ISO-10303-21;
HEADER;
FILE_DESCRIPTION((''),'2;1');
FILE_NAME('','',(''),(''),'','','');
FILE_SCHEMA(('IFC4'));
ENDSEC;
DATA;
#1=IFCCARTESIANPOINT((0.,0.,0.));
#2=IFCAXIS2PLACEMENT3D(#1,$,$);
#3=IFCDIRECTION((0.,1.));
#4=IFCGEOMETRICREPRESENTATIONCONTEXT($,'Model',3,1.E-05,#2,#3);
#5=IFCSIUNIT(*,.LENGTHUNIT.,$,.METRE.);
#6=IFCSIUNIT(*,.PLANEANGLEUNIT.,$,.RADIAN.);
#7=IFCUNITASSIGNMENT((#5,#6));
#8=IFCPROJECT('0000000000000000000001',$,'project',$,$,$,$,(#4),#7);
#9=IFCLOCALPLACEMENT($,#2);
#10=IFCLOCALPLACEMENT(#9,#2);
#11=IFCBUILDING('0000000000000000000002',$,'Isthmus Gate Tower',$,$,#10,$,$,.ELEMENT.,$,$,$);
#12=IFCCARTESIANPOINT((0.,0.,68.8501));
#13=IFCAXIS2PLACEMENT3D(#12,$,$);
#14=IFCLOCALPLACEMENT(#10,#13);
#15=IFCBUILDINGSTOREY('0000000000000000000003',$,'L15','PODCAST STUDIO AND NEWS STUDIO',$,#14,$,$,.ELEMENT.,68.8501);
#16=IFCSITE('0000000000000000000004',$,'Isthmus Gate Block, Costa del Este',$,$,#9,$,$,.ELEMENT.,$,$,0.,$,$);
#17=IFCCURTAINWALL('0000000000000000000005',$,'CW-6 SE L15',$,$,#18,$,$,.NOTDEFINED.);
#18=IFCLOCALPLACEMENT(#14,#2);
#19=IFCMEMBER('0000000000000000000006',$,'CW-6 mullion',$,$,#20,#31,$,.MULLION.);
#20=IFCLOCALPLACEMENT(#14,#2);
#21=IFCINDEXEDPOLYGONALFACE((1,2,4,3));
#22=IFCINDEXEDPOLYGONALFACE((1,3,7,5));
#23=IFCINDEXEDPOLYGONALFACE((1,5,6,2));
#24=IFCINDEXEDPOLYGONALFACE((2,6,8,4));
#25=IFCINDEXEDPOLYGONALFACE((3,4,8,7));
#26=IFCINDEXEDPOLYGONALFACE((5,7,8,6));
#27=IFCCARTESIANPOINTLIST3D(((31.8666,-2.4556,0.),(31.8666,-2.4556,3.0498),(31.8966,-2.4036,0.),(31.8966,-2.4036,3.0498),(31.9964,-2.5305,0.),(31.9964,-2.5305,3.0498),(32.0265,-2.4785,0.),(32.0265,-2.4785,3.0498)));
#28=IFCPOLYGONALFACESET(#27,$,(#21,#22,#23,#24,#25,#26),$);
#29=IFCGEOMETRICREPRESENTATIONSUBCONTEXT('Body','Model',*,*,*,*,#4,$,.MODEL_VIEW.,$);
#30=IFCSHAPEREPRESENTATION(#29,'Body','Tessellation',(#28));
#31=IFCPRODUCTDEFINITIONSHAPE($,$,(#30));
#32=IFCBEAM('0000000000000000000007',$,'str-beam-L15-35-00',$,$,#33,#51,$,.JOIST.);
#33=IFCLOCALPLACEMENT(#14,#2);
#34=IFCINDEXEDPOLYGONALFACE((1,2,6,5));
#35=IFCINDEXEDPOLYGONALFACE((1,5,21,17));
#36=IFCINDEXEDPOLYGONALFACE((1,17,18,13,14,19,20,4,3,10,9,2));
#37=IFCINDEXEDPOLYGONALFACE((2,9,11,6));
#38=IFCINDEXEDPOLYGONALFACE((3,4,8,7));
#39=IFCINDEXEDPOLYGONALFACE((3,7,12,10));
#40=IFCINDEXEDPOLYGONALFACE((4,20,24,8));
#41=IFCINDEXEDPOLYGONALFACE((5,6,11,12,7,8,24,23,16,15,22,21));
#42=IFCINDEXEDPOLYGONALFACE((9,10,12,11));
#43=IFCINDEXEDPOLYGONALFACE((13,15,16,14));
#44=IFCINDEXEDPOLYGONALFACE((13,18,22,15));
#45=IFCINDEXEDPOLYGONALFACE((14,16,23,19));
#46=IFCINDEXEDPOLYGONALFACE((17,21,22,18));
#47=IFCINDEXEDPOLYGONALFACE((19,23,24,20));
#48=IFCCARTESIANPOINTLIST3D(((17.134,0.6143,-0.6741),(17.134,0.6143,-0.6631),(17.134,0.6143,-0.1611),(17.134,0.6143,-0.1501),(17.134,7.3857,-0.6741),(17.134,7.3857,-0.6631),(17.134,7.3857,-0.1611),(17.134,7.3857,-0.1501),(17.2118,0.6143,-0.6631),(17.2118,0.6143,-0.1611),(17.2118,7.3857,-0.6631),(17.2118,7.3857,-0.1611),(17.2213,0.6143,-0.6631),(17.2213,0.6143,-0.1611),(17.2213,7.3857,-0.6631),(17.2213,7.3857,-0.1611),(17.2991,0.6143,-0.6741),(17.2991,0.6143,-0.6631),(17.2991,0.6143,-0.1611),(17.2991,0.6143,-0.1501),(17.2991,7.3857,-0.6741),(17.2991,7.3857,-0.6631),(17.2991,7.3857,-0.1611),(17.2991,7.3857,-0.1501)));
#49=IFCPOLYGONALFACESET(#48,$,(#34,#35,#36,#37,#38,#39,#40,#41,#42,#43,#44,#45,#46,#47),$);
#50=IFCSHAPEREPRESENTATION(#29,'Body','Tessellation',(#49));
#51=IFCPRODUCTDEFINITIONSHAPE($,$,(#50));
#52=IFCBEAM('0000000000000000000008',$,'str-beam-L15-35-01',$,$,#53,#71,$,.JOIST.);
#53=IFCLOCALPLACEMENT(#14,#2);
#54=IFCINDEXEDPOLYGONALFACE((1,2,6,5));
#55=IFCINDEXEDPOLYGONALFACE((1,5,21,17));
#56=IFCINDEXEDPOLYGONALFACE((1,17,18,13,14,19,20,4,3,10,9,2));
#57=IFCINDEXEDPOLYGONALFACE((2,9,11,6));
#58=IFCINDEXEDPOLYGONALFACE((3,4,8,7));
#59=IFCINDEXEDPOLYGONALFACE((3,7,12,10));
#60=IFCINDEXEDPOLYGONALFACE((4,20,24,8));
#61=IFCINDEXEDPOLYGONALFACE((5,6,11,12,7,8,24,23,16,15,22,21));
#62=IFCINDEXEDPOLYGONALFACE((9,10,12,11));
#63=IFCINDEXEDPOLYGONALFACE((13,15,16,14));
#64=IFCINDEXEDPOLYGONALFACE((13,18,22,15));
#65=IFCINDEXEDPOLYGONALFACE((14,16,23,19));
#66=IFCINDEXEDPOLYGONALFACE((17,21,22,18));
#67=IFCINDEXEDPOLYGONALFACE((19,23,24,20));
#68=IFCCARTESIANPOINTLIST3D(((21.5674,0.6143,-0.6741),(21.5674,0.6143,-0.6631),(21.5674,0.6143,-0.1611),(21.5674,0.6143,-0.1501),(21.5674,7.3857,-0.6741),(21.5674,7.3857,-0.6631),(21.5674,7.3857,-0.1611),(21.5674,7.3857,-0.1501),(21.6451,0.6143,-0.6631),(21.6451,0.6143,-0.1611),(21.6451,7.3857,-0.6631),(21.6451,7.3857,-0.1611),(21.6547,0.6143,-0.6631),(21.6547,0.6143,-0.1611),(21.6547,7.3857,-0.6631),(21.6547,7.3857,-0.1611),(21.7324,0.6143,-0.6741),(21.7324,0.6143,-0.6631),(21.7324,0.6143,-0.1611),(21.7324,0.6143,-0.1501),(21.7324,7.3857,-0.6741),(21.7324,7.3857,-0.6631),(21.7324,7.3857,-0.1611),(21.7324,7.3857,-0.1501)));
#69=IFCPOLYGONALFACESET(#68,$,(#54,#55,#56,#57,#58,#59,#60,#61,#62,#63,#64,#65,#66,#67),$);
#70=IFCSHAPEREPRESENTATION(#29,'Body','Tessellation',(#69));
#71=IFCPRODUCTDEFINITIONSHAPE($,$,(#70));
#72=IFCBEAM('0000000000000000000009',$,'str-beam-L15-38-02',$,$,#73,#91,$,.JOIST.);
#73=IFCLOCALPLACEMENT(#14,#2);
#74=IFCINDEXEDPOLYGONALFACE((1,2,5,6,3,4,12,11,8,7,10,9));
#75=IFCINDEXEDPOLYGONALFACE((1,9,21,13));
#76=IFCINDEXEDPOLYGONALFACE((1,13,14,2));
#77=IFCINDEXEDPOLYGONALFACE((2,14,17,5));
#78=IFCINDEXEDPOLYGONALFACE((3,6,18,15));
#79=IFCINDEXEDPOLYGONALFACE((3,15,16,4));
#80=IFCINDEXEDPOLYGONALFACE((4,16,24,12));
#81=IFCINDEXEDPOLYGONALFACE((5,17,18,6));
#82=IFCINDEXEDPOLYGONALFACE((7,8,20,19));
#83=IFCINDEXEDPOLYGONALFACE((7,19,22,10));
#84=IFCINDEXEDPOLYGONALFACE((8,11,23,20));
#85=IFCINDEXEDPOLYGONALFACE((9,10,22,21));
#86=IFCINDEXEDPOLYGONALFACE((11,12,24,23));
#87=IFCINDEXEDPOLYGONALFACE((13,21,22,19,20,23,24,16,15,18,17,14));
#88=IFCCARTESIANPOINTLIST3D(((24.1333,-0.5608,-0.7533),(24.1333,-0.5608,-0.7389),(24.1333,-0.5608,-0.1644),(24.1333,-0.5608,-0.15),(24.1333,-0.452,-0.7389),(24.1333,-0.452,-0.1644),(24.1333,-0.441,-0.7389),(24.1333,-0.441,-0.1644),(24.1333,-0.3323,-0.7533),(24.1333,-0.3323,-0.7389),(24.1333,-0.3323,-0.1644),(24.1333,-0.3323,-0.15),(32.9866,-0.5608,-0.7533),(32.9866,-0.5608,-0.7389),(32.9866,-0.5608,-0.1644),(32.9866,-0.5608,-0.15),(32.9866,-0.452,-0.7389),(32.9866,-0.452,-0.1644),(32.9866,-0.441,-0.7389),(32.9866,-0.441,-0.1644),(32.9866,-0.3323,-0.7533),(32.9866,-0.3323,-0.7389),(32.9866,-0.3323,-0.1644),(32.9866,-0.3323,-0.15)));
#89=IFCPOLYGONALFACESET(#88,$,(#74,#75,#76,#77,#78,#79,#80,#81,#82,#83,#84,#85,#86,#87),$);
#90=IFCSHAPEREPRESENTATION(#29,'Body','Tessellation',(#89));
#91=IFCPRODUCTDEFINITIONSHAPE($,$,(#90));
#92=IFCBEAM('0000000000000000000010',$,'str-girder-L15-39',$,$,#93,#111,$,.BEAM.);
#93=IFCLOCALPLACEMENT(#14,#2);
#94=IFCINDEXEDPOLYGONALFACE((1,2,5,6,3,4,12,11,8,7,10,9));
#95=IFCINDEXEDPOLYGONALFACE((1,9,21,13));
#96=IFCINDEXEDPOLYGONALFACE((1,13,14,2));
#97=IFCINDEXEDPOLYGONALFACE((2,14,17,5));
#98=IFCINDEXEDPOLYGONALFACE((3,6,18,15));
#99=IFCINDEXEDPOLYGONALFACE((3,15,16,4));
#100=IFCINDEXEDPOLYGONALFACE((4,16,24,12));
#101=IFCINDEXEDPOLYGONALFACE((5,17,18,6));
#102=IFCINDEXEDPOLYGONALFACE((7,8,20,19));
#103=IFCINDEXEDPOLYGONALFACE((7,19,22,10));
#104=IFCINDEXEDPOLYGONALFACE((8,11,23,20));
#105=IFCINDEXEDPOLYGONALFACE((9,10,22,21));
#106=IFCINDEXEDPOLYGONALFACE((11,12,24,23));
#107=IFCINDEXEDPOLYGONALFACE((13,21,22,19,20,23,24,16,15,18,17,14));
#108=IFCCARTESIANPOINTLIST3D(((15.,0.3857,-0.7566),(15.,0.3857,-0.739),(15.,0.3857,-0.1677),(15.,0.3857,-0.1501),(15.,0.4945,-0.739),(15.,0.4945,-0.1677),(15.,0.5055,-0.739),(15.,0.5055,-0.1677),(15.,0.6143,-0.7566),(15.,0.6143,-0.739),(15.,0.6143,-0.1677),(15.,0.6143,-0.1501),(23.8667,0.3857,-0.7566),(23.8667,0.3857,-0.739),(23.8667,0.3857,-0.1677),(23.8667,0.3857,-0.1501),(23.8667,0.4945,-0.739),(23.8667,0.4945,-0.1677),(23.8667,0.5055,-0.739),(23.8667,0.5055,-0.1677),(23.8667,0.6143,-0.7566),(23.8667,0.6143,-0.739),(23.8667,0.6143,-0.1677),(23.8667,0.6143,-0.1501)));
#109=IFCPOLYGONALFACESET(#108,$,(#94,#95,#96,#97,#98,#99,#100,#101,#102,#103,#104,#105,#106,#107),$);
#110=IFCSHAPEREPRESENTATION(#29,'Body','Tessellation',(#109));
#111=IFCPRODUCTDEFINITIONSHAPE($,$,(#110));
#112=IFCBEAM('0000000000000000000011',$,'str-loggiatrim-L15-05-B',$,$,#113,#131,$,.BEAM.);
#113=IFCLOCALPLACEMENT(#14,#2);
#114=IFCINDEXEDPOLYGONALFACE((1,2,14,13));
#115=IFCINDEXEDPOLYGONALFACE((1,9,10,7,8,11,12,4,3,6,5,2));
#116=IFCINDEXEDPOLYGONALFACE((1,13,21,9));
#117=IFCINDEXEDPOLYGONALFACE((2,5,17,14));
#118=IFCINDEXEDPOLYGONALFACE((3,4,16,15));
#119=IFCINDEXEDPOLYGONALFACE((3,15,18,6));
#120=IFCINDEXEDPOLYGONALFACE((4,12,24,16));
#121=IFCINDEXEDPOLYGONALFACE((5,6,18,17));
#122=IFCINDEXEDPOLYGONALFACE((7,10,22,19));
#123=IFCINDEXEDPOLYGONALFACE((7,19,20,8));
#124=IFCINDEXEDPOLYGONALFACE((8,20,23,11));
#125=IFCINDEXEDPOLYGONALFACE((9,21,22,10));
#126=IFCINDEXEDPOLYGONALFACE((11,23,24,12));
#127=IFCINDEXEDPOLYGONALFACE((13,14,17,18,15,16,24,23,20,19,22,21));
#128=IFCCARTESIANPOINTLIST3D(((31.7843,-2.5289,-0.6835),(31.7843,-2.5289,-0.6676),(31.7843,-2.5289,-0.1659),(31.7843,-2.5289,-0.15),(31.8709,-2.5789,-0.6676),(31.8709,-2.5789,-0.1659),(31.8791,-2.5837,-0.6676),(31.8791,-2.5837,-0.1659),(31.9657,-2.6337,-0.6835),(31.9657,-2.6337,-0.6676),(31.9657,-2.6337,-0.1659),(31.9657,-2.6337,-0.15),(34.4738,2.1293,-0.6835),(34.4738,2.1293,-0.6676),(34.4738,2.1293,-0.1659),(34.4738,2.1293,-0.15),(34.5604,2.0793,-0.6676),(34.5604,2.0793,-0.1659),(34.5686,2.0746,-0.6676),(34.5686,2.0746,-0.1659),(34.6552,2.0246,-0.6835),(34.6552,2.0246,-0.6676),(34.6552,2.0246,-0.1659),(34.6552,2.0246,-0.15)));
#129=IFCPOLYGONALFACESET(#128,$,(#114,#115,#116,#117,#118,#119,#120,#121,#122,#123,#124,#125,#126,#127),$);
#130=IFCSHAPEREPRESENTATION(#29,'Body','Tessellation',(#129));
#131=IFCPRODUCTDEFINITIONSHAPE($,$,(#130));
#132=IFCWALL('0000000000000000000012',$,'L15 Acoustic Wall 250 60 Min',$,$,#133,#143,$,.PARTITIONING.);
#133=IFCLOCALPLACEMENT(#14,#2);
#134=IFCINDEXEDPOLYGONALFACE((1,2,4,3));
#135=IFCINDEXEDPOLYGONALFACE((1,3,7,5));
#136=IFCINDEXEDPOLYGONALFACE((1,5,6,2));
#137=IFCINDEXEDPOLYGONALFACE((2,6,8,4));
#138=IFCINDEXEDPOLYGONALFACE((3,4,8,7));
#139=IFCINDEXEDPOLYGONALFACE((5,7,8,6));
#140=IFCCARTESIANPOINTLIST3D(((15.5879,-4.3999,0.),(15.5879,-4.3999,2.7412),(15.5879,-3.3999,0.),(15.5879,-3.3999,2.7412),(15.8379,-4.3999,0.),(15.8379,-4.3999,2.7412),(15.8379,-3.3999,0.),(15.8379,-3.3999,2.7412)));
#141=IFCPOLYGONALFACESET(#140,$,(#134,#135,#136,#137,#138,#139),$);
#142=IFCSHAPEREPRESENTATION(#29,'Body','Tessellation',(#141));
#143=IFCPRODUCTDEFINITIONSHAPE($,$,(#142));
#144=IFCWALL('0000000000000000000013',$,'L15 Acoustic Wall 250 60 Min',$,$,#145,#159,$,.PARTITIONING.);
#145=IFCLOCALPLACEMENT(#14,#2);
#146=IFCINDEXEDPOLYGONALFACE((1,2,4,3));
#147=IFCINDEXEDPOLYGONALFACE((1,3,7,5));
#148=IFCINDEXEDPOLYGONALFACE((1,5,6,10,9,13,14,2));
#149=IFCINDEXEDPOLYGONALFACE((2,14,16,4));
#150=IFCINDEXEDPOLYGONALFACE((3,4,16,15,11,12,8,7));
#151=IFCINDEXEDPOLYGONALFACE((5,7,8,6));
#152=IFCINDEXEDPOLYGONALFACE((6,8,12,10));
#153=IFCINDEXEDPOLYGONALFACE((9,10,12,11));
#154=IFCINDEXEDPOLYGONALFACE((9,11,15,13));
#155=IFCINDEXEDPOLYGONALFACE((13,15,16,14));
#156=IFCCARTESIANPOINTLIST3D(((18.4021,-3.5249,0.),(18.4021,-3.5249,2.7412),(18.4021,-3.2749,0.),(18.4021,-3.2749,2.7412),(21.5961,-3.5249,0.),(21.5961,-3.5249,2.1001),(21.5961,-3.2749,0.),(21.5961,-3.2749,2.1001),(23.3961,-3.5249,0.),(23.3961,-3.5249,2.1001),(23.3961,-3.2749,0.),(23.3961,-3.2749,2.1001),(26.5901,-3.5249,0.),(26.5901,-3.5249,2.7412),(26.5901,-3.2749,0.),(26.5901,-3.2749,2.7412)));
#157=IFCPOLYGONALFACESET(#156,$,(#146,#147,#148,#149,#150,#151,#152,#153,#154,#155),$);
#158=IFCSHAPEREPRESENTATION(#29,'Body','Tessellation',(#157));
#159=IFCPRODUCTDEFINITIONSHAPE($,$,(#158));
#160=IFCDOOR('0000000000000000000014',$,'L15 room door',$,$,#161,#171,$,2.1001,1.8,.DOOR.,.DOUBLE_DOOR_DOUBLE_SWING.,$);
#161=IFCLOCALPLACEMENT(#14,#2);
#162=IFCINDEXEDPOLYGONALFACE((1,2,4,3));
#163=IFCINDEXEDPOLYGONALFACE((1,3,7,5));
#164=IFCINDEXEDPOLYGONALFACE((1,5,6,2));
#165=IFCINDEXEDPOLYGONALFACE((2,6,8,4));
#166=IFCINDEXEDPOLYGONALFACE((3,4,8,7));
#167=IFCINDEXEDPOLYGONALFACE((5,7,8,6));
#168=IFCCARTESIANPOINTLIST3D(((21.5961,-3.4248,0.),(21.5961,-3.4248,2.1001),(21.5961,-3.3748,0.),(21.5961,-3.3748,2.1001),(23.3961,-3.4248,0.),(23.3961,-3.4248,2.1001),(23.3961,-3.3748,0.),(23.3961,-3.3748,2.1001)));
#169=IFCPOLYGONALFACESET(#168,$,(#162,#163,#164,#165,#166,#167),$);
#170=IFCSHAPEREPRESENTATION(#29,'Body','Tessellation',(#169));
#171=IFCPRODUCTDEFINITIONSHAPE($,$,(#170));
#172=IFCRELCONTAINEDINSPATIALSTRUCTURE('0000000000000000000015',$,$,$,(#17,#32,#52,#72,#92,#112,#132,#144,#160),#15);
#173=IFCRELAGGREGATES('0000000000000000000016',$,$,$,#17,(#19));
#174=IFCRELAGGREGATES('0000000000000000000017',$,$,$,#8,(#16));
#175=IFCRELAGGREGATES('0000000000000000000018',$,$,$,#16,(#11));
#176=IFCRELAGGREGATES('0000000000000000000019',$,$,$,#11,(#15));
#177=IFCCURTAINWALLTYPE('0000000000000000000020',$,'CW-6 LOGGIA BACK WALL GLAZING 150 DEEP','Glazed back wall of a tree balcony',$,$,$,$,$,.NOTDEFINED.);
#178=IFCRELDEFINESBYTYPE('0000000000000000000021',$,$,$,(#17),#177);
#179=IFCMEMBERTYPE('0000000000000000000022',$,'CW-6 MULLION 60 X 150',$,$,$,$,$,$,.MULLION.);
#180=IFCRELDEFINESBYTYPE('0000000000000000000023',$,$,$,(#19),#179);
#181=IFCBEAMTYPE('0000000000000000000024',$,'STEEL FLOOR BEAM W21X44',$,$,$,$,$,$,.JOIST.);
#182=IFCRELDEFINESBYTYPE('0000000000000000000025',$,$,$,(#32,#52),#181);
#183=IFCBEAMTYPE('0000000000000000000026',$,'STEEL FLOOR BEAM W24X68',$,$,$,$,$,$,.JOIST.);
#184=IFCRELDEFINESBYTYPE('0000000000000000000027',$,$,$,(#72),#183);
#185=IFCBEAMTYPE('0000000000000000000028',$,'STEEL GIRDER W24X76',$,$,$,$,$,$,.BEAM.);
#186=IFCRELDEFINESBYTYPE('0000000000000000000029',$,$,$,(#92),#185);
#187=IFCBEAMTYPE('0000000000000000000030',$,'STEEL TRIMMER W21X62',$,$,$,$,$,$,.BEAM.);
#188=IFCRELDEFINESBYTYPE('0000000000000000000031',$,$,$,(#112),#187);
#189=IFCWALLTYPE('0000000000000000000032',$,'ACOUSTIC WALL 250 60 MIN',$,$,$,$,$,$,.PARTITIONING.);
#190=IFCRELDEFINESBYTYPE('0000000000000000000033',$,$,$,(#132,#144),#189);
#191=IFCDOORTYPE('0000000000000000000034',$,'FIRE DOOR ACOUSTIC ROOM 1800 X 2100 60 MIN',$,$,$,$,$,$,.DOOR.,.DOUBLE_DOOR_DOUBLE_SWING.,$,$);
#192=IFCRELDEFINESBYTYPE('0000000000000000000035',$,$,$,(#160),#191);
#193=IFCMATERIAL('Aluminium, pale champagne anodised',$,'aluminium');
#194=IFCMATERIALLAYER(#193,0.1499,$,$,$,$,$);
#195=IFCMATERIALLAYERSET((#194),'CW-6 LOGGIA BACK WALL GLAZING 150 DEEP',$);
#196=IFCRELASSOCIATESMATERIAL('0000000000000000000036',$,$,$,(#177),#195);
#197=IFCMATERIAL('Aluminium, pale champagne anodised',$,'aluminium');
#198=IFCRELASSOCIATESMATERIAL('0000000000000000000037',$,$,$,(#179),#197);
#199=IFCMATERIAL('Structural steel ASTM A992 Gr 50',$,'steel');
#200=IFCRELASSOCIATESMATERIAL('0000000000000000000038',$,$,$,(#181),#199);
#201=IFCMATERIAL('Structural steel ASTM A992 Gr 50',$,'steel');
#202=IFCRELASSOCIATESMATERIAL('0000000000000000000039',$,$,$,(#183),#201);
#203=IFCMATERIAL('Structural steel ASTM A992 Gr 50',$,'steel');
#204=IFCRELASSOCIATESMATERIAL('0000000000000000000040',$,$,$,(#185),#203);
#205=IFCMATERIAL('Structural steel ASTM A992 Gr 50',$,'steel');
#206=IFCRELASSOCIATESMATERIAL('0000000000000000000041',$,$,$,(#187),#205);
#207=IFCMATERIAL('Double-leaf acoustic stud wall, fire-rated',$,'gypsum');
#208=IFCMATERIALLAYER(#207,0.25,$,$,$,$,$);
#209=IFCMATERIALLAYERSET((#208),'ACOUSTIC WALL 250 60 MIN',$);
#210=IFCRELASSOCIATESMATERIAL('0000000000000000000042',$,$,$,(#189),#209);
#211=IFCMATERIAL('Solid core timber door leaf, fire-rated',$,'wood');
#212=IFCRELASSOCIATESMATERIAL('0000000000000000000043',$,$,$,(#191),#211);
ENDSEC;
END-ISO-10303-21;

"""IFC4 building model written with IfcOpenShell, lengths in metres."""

from ifc_helpers import new_model, si_unit, direction, frame, frame_2d, origin, origin_2d, place, context, subcontext, project, spatial, rectangle, i_section, extrude, material, layer, layer_set, material_profile, profile_set, type_object, element, fill, aggregate, save


model = new_model("IFC4")

# Units and contexts
model_context = context("Model", 3, precision=1e-05, world=origin(), true_north=direction((0.0, 1.0)))
body_context = subcontext(model_context, "Body", "Model", "MODEL_VIEW")
ifc_project = project(units=[si_unit("LENGTHUNIT", "METRE"), si_unit("PLANEANGLEUNIT", "RADIAN")], contexts=[model_context])

# Site, building, storey
site_placement = place(None, origin())
site = spatial("IfcSite", under=ifc_project, at=site_placement, Name="Isthmus Gate Block, Costa del Este", CompositionType="ELEMENT", RefElevation=0.0)
building_placement = place(site_placement, origin())
building = spatial("IfcBuilding", under=site, at=building_placement, Name="Isthmus Gate Tower", CompositionType="ELEMENT")
storey_placement = place(building_placement, frame((0.0, 0.0, 68.8501)))
storey = spatial("IfcBuildingStorey", under=building, at=storey_placement, Name="L15", Description="PODCAST STUDIO AND NEWS STUDIO", CompositionType="ELEMENT", Elevation=68.8501)

# Curtain wall, member
ifc_material_1 = material(Name="Aluminium, pale champagne anodised", Category="aluminium")
ifc_layer_1 = layer(ifc_material_1, 0.1499)
ifc_layer_set_1 = layer_set([ifc_layer_1], Name="CW-6 LOGGIA BACK WALL GLAZING 150 DEEP")
curtain_wall_type = type_object("IfcCurtainWallType", Name="CW-6 LOGGIA BACK WALL GLAZING 150 DEEP", Description="Glazed back wall of a tree balcony", PredefinedType="NOTDEFINED", material=ifc_layer_set_1)
curtain_wall_placement = place(storey_placement, origin())
curtain_wall = element("IfcCurtainWall", 1, at=curtain_wall_placement, inside=storey, type_object=curtain_wall_type, Name="CW-6 SE L15", PredefinedType="NOTDEFINED")
ifc_material_2 = material(Name="Aluminium, pale champagne anodised", Category="aluminium")
ifc_material_profile_1 = material_profile(ifc_material_2, rectangle(XDim=0.0601, YDim=0.1499, at=origin_2d()), Name="60x150")
ifc_profile_set_1 = profile_set([ifc_material_profile_1], Name="Aluminium, pale champagne anodised")
member_type = type_object("IfcMemberType", Name="CW-6 MULLION 60 X 150", PredefinedType="MULLION", material=ifc_profile_set_1)
member_placement = place(storey_placement, frame((31.9465, -2.467, 0.0), z_axis=(0.0, 0.0, 1.0), x_axis=(0.5, 0.866025, 0.0)))
member = element("IfcMember", 2, at=member_placement, type_object=member_type, Name="CW-6 mullion", PredefinedType="MULLION", context=body_context, shape_type="SweptSolid", body=[
    extrude(rectangle(XDim=0.0601, YDim=0.1499, at=origin_2d()), origin(), (0.0, 0.0, 1.0), 3.0498),
])
aggregate(curtain_wall, [member])

# Beams
ifc_material_3 = material(Name="Structural steel ASTM A992 Gr 50", Category="steel")
ifc_material_profile_2 = material_profile(ifc_material_3, i_section(OverallWidth=0.165, OverallDepth=0.5239, WebThickness=0.0095, FlangeThickness=0.011, at=origin_2d()), Name="W21X44")
ifc_profile_set_2 = profile_set([ifc_material_profile_2], Name="Structural steel ASTM A992 Gr 50")
beam_type_1 = type_object("IfcBeamType", Name="STEEL FLOOR BEAM W21X44", PredefinedType="JOIST", material=ifc_profile_set_2)
for number, where, z_axis, x_axis, name in (
    (3, (17.2166, 0.6143, -0.4121), (0.0, 1.0, 0.0), (-1.0, 0.0, 0.0), "str-beam-L15-35-00"),
    (4, (21.6499, 0.6143, -0.4121), (0.0, 1.0, 0.0), (-1.0, 0.0, 0.0), "str-beam-L15-35-01"),
):
    element("IfcBeam", number, at=place(storey_placement, frame(where, z_axis=z_axis, x_axis=x_axis)), inside=storey, type_object=beam_type_1, Name=name, PredefinedType="JOIST", context=body_context, shape_type="SweptSolid", body=[
        extrude(i_section(OverallWidth=0.165, OverallDepth=0.5239, WebThickness=0.0095, FlangeThickness=0.011, at=origin_2d()), origin(), (0.0, 0.0, 1.0), 6.7715),
    ])
ifc_material_4 = material(Name="Structural steel ASTM A992 Gr 50", Category="steel")
ifc_material_profile_3 = material_profile(ifc_material_4, i_section(OverallWidth=0.2285, OverallDepth=0.6033, WebThickness=0.011, FlangeThickness=0.0144, at=origin_2d()), Name="W24X68")
ifc_profile_set_3 = profile_set([ifc_material_profile_3], Name="Structural steel ASTM A992 Gr 50")
beam_type_2 = type_object("IfcBeamType", Name="STEEL FLOOR BEAM W24X68", PredefinedType="JOIST", material=ifc_profile_set_3)
beam_1_placement = place(storey_placement, frame((24.1333, -0.4465, -0.4517), z_axis=(1.0, 0.0, 0.0), x_axis=(0.0, 1.0, 0.0)))
element("IfcBeam", 5, at=beam_1_placement, inside=storey, type_object=beam_type_2, Name="str-beam-L15-38-02", PredefinedType="JOIST", context=body_context, shape_type="SweptSolid", body=[
    extrude(i_section(OverallWidth=0.2285, OverallDepth=0.6033, WebThickness=0.011, FlangeThickness=0.0144, at=origin_2d()), origin(), (0.0, 0.0, 1.0), 8.8533),
])
ifc_material_5 = material(Name="Structural steel ASTM A992 Gr 50", Category="steel")
ifc_material_profile_4 = material_profile(ifc_material_5, i_section(OverallWidth=0.2285, OverallDepth=0.6064, WebThickness=0.011, FlangeThickness=0.0176, at=origin_2d()), Name="W24X76")
ifc_profile_set_4 = profile_set([ifc_material_profile_4], Name="Structural steel ASTM A992 Gr 50")
beam_type_3 = type_object("IfcBeamType", Name="STEEL GIRDER W24X76", PredefinedType="BEAM", material=ifc_profile_set_4)
beam_2_placement = place(storey_placement, frame((15.0, 0.5, -0.4534), z_axis=(1.0, 0.0, 0.0), x_axis=(0.0, 1.0, 0.0)))
element("IfcBeam", 6, at=beam_2_placement, inside=storey, type_object=beam_type_3, Name="str-girder-L15-39", PredefinedType="BEAM", context=body_context, shape_type="SweptSolid", body=[
    extrude(i_section(OverallWidth=0.2285, OverallDepth=0.6064, WebThickness=0.011, FlangeThickness=0.0176, at=origin_2d()), origin(), (0.0, 0.0, 1.0), 8.8667),
])
ifc_material_6 = material(Name="Structural steel ASTM A992 Gr 50", Category="steel")
ifc_material_profile_5 = material_profile(ifc_material_6, i_section(OverallWidth=0.2095, OverallDepth=0.5334, WebThickness=0.0095, FlangeThickness=0.0159, at=origin_2d()), Name="W21X62")
ifc_profile_set_5 = profile_set([ifc_material_profile_5], Name="Structural steel ASTM A992 Gr 50")
beam_type_4 = type_object("IfcBeamType", Name="STEEL TRIMMER W21X62", PredefinedType="BEAM", material=ifc_profile_set_5)
beam_3_placement = place(storey_placement, frame((31.875, -2.5813, -0.4167), z_axis=(0.500005, 0.866022, 0.0), x_axis=(-0.866022, 0.500005, 0.0)))
element("IfcBeam", 7, at=beam_3_placement, inside=storey, type_object=beam_type_4, Name="str-loggiatrim-L15-05-B", PredefinedType="BEAM", context=body_context, shape_type="SweptSolid", body=[
    extrude(i_section(OverallWidth=0.2095, OverallDepth=0.5334, WebThickness=0.0095, FlangeThickness=0.0159, at=origin_2d()), origin(), (0.0, 0.0, 1.0), 5.3789),
])

# Wall
ifc_material_7 = material(Name="Double-leaf acoustic stud wall, fire-rated", Category="gypsum")
ifc_layer_2 = layer(ifc_material_7, 0.25)
ifc_layer_set_2 = layer_set([ifc_layer_2], Name="ACOUSTIC WALL 250 60 MIN")
wall_type_1 = type_object("IfcWallType", Name="ACOUSTIC WALL 250 60 MIN", PredefinedType="PARTITIONING", material=ifc_layer_set_2)
wall_1_placement = place(storey_placement, frame((15.7129, -3.3999, 0.0), z_axis=(0.0, 0.0, 1.0), x_axis=(0.0, -1.0, 0.0)))
element("IfcWall", 8, at=wall_1_placement, inside=storey, type_object=wall_type_1, Name="L15 Acoustic Wall 250 60 Min", PredefinedType="PARTITIONING", context=body_context, shape_type="SweptSolid", body=[
    extrude(rectangle(XDim=1.0, YDim=0.25, at=frame_2d((0.5, 0.0))), origin(), (0.0, 0.0, 1.0), 2.7412),
])

# Wall, opening, door
wall_2_placement = place(storey_placement, frame((26.5901, -3.3999, 0.0), z_axis=(0.0, 0.0, 1.0), x_axis=(-1.0, 0.0, 0.0)))
wall_2 = element("IfcWall", 9, at=wall_2_placement, inside=storey, type_object=wall_type_1, Name="L15 Acoustic Wall 250 60 Min", PredefinedType="PARTITIONING", context=body_context, shape_type="SweptSolid", body=[
    extrude(rectangle(XDim=8.188, YDim=0.25, at=frame_2d((4.094, 0.0))), origin(), (0.0, 0.0, 1.0), 2.7412),
])
opening_1_placement = place(wall_2_placement, frame((3.1941, 0.0, 0.0)))
opening_1 = element("IfcOpeningElement", 10, at=opening_1_placement, cuts=wall_2, PredefinedType="OPENING", context=body_context, shape_type="SweptSolid", body=[
    extrude(rectangle(XDim=1.8, YDim=2.1001, at=frame_2d((0.8999, 1.05))), frame((0.0, 0.135, 0.0), z_axis=(0.0, -1.0, 0.0), x_axis=(1.0, 0.0, 0.0)), (0.0, 0.0, 1.0), 0.27),
])
ifc_material_8 = material(Name="Solid core timber door leaf, fire-rated", Category="wood")
door_type_1 = type_object("IfcDoorType", Name="FIRE DOOR ACOUSTIC ROOM 1800 X 2100 60 MIN", OperationType="DOUBLE_DOOR_DOUBLE_SWING", PredefinedType="DOOR", material=ifc_material_8)
door_1_placement = place(opening_1_placement, origin())
door_1 = element("IfcDoor", 11, at=door_1_placement, inside=storey, type_object=door_type_1, Name="L15 room door", OperationType="DOUBLE_DOOR_DOUBLE_SWING", OverallHeight=2.1001, OverallWidth=1.8, PredefinedType="DOOR", context=body_context, shape_type="SweptSolid", body=[
    extrude(rectangle(XDim=1.8, YDim=2.1001, at=frame_2d((0.8999, 1.05))), frame((0.0, 0.0249, 0.0), z_axis=(0.0, -1.0, 0.0), x_axis=(1.0, 0.0, 0.0)), (0.0, 0.0, 1.0), 0.05),
])
fill(opening_1, door_1)

save(model, "model.ifc")
